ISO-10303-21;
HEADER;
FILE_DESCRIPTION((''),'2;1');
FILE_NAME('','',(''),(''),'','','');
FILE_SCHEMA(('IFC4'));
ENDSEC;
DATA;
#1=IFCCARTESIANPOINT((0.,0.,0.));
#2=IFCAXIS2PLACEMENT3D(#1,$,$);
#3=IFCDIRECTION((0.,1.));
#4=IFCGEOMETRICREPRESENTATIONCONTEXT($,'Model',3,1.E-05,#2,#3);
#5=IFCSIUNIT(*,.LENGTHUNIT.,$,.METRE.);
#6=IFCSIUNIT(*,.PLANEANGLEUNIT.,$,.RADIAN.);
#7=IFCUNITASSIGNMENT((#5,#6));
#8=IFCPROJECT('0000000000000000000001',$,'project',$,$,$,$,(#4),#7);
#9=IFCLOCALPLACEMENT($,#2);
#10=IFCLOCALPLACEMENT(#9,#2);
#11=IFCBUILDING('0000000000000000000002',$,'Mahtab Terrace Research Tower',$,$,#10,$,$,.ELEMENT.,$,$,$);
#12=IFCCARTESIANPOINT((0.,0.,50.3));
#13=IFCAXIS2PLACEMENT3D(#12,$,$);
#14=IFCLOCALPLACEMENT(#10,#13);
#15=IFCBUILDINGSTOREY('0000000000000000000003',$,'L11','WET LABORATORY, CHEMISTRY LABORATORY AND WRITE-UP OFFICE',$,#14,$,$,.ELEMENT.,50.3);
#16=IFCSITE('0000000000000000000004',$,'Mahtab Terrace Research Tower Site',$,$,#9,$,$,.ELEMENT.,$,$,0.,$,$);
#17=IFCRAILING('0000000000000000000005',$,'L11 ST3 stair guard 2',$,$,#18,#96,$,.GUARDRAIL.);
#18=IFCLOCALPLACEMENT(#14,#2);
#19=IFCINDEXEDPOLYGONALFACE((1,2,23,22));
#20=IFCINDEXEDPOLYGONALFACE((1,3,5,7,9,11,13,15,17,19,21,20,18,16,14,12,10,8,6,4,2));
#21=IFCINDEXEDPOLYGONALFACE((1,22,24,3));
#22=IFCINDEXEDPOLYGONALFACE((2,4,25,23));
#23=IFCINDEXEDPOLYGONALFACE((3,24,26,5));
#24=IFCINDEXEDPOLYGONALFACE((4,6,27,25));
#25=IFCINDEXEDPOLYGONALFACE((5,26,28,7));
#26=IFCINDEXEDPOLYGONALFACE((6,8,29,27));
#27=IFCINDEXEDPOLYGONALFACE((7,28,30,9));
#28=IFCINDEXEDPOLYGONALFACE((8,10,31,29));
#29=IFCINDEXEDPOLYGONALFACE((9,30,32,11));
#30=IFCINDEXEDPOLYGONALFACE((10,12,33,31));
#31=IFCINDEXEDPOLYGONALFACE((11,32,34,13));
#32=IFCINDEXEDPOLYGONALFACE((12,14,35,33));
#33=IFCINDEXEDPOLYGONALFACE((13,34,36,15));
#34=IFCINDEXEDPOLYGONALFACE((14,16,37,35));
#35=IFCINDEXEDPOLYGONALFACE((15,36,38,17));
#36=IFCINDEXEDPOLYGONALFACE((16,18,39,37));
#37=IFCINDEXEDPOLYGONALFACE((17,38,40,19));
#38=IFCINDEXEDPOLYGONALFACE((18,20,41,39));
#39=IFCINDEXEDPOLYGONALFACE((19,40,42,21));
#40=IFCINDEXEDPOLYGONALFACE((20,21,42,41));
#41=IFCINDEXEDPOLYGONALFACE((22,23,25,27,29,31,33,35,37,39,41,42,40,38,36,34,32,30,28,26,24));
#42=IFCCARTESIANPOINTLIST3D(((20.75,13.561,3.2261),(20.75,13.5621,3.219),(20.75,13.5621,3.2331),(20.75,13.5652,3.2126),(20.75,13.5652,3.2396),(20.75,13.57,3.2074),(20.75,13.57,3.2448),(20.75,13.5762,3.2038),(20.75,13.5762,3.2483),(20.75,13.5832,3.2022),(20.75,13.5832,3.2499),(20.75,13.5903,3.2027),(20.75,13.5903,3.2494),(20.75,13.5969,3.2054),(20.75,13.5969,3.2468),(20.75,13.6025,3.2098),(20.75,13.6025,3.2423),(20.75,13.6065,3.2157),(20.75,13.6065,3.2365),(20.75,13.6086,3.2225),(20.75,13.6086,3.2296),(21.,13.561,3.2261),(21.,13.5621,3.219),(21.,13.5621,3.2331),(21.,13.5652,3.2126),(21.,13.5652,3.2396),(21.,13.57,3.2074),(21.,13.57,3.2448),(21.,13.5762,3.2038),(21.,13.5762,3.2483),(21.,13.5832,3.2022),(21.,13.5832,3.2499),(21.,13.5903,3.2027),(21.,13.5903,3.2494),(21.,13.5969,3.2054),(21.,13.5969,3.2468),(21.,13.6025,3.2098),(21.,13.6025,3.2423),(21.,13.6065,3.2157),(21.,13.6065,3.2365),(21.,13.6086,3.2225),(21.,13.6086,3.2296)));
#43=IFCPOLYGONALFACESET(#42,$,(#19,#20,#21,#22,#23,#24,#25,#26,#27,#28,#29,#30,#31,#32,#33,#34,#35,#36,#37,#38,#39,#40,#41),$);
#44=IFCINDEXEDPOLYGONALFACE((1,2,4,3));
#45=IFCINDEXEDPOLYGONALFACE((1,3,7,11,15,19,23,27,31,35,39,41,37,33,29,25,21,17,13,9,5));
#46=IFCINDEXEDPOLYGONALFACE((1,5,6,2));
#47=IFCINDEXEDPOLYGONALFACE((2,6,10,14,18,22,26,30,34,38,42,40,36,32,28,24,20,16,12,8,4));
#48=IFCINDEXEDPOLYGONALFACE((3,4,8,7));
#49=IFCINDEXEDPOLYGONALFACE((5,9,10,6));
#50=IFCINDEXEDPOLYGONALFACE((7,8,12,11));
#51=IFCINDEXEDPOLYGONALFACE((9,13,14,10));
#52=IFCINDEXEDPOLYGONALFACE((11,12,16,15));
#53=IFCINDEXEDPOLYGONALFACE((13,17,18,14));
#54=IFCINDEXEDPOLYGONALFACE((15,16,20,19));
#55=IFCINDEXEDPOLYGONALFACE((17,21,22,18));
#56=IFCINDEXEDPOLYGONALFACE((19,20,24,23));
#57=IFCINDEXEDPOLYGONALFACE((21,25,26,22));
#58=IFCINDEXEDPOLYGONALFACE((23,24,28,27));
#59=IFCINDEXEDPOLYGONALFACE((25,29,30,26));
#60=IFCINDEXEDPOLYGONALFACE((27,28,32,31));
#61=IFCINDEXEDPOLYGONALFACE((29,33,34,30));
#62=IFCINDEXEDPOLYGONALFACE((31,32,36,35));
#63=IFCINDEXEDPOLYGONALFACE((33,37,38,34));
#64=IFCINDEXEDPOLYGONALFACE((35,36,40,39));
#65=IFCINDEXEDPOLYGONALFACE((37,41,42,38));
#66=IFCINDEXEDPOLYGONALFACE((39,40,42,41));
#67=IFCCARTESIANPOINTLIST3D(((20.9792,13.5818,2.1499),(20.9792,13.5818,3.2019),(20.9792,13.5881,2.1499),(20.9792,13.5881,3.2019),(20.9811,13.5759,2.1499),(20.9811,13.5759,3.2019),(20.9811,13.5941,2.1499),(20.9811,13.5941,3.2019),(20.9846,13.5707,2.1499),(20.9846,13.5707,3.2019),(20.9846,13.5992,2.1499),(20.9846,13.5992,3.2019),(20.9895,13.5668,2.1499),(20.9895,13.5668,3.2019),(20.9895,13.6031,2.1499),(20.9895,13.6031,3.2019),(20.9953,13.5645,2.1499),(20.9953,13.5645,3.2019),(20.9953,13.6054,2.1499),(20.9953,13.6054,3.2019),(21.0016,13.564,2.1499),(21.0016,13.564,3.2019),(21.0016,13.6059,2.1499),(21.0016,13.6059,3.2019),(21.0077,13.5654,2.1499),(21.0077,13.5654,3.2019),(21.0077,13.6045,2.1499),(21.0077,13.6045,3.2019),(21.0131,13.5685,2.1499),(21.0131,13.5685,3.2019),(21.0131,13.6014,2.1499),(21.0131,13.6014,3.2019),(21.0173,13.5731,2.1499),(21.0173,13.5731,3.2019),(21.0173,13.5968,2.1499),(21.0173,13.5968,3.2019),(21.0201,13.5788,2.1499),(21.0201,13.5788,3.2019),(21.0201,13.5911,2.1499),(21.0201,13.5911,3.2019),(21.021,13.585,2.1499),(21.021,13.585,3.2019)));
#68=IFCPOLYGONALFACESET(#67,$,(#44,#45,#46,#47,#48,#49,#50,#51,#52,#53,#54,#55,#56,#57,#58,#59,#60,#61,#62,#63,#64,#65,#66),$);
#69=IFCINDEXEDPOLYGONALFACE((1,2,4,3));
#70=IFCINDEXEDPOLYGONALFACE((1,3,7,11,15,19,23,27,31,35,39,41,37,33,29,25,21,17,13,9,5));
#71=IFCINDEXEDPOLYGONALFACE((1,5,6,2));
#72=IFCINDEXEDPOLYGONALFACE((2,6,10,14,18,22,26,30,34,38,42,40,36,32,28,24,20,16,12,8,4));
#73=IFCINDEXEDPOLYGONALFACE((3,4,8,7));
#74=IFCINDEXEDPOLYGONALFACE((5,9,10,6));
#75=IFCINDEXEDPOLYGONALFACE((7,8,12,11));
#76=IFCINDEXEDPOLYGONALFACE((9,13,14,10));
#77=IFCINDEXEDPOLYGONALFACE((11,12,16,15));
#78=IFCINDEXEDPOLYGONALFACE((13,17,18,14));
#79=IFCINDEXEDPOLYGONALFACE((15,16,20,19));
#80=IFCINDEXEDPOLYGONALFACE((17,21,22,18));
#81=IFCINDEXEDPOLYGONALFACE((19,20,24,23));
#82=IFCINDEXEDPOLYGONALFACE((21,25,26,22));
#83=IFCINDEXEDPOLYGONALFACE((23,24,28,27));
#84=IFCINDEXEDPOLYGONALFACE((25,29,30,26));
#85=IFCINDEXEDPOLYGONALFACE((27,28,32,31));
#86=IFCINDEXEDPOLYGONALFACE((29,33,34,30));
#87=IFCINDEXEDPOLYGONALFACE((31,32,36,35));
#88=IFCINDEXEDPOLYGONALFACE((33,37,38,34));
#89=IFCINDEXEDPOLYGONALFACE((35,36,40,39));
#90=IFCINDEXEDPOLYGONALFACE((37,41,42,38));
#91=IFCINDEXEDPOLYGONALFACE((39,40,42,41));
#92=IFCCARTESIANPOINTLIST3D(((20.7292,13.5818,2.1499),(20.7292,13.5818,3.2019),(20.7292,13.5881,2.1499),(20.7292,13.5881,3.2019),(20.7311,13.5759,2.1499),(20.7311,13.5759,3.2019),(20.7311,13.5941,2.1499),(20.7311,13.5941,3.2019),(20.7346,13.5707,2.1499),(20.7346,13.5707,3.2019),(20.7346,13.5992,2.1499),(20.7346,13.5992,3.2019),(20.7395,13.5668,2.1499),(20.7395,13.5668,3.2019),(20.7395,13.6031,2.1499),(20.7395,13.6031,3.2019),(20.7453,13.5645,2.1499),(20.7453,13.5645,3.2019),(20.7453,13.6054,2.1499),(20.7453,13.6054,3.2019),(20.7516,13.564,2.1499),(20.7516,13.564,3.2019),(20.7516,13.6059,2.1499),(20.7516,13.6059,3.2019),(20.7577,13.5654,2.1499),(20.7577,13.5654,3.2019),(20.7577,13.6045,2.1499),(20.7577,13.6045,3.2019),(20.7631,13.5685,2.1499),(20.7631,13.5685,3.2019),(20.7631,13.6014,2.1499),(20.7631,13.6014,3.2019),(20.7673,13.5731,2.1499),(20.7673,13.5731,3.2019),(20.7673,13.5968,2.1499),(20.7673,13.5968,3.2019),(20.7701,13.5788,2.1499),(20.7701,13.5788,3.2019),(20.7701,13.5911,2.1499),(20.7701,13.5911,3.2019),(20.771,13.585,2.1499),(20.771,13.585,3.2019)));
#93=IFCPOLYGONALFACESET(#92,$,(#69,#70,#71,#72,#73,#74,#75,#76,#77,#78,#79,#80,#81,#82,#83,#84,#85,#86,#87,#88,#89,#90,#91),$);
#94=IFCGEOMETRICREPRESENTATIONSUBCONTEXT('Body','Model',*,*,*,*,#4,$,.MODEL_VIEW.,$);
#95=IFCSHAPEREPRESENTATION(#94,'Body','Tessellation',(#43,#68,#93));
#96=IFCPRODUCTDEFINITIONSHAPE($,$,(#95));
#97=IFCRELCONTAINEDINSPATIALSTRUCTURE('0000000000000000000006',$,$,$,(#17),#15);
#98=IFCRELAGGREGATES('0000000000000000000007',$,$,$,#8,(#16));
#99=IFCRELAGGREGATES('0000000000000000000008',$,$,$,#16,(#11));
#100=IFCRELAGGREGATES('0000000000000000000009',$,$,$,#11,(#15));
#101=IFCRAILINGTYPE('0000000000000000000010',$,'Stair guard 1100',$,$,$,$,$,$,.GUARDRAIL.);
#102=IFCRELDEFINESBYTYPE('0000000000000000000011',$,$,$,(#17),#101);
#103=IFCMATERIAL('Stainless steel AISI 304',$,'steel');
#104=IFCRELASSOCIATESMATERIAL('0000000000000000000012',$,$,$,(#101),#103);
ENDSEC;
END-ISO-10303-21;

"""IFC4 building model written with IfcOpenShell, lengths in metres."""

from ifc_helpers import new_model, si_unit, direction, frame, origin, origin_2d, place, context, subcontext, project, spatial, circle, extrude, material, type_object, element, save


model = new_model("IFC4")

# Units and contexts
model_context = context("Model", 3, precision=1e-05, world=origin(), true_north=direction((0.0, 1.0)))
body_context = subcontext(model_context, "Body", "Model", "MODEL_VIEW")
ifc_project = project(units=[si_unit("LENGTHUNIT", "METRE"), si_unit("PLANEANGLEUNIT", "RADIAN")], contexts=[model_context])

# Site, building, storey
site_placement = place(None, origin())
site = spatial("IfcSite", under=ifc_project, at=site_placement, Name="Mahtab Terrace Research Tower Site", CompositionType="ELEMENT", RefElevation=0.0)
building_placement = place(site_placement, origin())
building = spatial("IfcBuilding", under=site, at=building_placement, Name="Mahtab Terrace Research Tower", CompositionType="ELEMENT")
storey_placement = place(building_placement, frame((0.0, 0.0, 50.3)))
storey = spatial("IfcBuildingStorey", under=building, at=storey_placement, Name="L11", Description="WET LABORATORY, CHEMISTRY LABORATORY AND WRITE-UP OFFICE", CompositionType="ELEMENT", Elevation=50.3)

# Railing
ifc_material_1 = material(Name="Stainless steel AISI 304", Category="steel")
railing_type_1 = type_object("IfcRailingType", Name="Stair guard 1100", PredefinedType="GUARDRAIL", material=ifc_material_1)
railing_1_placement = place(storey_placement, frame((21.0, 13.585, 2.1499)))
element("IfcRailing", 1, at=railing_1_placement, inside=storey, type_object=railing_type_1, Name="L11 ST3 stair guard 2", PredefinedType="GUARDRAIL", context=body_context, shape_type="SweptSolid", body=[
    extrude(circle(Radius=0.0239, at=origin_2d()), frame((0.0, 0.0, 1.0762), z_axis=(-1.0, 0.0, 0.0), x_axis=(0.0, -1.0, 0.0)), (0.0, 0.0, 1.0), 0.25),
    extrude(circle(Radius=0.021, at=origin_2d()), origin(), (0.0, 0.0, 1.0), 1.052),
    extrude(circle(Radius=0.021, at=origin_2d()), frame((-0.25, 0.0, 0.0)), (0.0, 0.0, 1.0), 1.052),
])

save(model, "model.ifc")
